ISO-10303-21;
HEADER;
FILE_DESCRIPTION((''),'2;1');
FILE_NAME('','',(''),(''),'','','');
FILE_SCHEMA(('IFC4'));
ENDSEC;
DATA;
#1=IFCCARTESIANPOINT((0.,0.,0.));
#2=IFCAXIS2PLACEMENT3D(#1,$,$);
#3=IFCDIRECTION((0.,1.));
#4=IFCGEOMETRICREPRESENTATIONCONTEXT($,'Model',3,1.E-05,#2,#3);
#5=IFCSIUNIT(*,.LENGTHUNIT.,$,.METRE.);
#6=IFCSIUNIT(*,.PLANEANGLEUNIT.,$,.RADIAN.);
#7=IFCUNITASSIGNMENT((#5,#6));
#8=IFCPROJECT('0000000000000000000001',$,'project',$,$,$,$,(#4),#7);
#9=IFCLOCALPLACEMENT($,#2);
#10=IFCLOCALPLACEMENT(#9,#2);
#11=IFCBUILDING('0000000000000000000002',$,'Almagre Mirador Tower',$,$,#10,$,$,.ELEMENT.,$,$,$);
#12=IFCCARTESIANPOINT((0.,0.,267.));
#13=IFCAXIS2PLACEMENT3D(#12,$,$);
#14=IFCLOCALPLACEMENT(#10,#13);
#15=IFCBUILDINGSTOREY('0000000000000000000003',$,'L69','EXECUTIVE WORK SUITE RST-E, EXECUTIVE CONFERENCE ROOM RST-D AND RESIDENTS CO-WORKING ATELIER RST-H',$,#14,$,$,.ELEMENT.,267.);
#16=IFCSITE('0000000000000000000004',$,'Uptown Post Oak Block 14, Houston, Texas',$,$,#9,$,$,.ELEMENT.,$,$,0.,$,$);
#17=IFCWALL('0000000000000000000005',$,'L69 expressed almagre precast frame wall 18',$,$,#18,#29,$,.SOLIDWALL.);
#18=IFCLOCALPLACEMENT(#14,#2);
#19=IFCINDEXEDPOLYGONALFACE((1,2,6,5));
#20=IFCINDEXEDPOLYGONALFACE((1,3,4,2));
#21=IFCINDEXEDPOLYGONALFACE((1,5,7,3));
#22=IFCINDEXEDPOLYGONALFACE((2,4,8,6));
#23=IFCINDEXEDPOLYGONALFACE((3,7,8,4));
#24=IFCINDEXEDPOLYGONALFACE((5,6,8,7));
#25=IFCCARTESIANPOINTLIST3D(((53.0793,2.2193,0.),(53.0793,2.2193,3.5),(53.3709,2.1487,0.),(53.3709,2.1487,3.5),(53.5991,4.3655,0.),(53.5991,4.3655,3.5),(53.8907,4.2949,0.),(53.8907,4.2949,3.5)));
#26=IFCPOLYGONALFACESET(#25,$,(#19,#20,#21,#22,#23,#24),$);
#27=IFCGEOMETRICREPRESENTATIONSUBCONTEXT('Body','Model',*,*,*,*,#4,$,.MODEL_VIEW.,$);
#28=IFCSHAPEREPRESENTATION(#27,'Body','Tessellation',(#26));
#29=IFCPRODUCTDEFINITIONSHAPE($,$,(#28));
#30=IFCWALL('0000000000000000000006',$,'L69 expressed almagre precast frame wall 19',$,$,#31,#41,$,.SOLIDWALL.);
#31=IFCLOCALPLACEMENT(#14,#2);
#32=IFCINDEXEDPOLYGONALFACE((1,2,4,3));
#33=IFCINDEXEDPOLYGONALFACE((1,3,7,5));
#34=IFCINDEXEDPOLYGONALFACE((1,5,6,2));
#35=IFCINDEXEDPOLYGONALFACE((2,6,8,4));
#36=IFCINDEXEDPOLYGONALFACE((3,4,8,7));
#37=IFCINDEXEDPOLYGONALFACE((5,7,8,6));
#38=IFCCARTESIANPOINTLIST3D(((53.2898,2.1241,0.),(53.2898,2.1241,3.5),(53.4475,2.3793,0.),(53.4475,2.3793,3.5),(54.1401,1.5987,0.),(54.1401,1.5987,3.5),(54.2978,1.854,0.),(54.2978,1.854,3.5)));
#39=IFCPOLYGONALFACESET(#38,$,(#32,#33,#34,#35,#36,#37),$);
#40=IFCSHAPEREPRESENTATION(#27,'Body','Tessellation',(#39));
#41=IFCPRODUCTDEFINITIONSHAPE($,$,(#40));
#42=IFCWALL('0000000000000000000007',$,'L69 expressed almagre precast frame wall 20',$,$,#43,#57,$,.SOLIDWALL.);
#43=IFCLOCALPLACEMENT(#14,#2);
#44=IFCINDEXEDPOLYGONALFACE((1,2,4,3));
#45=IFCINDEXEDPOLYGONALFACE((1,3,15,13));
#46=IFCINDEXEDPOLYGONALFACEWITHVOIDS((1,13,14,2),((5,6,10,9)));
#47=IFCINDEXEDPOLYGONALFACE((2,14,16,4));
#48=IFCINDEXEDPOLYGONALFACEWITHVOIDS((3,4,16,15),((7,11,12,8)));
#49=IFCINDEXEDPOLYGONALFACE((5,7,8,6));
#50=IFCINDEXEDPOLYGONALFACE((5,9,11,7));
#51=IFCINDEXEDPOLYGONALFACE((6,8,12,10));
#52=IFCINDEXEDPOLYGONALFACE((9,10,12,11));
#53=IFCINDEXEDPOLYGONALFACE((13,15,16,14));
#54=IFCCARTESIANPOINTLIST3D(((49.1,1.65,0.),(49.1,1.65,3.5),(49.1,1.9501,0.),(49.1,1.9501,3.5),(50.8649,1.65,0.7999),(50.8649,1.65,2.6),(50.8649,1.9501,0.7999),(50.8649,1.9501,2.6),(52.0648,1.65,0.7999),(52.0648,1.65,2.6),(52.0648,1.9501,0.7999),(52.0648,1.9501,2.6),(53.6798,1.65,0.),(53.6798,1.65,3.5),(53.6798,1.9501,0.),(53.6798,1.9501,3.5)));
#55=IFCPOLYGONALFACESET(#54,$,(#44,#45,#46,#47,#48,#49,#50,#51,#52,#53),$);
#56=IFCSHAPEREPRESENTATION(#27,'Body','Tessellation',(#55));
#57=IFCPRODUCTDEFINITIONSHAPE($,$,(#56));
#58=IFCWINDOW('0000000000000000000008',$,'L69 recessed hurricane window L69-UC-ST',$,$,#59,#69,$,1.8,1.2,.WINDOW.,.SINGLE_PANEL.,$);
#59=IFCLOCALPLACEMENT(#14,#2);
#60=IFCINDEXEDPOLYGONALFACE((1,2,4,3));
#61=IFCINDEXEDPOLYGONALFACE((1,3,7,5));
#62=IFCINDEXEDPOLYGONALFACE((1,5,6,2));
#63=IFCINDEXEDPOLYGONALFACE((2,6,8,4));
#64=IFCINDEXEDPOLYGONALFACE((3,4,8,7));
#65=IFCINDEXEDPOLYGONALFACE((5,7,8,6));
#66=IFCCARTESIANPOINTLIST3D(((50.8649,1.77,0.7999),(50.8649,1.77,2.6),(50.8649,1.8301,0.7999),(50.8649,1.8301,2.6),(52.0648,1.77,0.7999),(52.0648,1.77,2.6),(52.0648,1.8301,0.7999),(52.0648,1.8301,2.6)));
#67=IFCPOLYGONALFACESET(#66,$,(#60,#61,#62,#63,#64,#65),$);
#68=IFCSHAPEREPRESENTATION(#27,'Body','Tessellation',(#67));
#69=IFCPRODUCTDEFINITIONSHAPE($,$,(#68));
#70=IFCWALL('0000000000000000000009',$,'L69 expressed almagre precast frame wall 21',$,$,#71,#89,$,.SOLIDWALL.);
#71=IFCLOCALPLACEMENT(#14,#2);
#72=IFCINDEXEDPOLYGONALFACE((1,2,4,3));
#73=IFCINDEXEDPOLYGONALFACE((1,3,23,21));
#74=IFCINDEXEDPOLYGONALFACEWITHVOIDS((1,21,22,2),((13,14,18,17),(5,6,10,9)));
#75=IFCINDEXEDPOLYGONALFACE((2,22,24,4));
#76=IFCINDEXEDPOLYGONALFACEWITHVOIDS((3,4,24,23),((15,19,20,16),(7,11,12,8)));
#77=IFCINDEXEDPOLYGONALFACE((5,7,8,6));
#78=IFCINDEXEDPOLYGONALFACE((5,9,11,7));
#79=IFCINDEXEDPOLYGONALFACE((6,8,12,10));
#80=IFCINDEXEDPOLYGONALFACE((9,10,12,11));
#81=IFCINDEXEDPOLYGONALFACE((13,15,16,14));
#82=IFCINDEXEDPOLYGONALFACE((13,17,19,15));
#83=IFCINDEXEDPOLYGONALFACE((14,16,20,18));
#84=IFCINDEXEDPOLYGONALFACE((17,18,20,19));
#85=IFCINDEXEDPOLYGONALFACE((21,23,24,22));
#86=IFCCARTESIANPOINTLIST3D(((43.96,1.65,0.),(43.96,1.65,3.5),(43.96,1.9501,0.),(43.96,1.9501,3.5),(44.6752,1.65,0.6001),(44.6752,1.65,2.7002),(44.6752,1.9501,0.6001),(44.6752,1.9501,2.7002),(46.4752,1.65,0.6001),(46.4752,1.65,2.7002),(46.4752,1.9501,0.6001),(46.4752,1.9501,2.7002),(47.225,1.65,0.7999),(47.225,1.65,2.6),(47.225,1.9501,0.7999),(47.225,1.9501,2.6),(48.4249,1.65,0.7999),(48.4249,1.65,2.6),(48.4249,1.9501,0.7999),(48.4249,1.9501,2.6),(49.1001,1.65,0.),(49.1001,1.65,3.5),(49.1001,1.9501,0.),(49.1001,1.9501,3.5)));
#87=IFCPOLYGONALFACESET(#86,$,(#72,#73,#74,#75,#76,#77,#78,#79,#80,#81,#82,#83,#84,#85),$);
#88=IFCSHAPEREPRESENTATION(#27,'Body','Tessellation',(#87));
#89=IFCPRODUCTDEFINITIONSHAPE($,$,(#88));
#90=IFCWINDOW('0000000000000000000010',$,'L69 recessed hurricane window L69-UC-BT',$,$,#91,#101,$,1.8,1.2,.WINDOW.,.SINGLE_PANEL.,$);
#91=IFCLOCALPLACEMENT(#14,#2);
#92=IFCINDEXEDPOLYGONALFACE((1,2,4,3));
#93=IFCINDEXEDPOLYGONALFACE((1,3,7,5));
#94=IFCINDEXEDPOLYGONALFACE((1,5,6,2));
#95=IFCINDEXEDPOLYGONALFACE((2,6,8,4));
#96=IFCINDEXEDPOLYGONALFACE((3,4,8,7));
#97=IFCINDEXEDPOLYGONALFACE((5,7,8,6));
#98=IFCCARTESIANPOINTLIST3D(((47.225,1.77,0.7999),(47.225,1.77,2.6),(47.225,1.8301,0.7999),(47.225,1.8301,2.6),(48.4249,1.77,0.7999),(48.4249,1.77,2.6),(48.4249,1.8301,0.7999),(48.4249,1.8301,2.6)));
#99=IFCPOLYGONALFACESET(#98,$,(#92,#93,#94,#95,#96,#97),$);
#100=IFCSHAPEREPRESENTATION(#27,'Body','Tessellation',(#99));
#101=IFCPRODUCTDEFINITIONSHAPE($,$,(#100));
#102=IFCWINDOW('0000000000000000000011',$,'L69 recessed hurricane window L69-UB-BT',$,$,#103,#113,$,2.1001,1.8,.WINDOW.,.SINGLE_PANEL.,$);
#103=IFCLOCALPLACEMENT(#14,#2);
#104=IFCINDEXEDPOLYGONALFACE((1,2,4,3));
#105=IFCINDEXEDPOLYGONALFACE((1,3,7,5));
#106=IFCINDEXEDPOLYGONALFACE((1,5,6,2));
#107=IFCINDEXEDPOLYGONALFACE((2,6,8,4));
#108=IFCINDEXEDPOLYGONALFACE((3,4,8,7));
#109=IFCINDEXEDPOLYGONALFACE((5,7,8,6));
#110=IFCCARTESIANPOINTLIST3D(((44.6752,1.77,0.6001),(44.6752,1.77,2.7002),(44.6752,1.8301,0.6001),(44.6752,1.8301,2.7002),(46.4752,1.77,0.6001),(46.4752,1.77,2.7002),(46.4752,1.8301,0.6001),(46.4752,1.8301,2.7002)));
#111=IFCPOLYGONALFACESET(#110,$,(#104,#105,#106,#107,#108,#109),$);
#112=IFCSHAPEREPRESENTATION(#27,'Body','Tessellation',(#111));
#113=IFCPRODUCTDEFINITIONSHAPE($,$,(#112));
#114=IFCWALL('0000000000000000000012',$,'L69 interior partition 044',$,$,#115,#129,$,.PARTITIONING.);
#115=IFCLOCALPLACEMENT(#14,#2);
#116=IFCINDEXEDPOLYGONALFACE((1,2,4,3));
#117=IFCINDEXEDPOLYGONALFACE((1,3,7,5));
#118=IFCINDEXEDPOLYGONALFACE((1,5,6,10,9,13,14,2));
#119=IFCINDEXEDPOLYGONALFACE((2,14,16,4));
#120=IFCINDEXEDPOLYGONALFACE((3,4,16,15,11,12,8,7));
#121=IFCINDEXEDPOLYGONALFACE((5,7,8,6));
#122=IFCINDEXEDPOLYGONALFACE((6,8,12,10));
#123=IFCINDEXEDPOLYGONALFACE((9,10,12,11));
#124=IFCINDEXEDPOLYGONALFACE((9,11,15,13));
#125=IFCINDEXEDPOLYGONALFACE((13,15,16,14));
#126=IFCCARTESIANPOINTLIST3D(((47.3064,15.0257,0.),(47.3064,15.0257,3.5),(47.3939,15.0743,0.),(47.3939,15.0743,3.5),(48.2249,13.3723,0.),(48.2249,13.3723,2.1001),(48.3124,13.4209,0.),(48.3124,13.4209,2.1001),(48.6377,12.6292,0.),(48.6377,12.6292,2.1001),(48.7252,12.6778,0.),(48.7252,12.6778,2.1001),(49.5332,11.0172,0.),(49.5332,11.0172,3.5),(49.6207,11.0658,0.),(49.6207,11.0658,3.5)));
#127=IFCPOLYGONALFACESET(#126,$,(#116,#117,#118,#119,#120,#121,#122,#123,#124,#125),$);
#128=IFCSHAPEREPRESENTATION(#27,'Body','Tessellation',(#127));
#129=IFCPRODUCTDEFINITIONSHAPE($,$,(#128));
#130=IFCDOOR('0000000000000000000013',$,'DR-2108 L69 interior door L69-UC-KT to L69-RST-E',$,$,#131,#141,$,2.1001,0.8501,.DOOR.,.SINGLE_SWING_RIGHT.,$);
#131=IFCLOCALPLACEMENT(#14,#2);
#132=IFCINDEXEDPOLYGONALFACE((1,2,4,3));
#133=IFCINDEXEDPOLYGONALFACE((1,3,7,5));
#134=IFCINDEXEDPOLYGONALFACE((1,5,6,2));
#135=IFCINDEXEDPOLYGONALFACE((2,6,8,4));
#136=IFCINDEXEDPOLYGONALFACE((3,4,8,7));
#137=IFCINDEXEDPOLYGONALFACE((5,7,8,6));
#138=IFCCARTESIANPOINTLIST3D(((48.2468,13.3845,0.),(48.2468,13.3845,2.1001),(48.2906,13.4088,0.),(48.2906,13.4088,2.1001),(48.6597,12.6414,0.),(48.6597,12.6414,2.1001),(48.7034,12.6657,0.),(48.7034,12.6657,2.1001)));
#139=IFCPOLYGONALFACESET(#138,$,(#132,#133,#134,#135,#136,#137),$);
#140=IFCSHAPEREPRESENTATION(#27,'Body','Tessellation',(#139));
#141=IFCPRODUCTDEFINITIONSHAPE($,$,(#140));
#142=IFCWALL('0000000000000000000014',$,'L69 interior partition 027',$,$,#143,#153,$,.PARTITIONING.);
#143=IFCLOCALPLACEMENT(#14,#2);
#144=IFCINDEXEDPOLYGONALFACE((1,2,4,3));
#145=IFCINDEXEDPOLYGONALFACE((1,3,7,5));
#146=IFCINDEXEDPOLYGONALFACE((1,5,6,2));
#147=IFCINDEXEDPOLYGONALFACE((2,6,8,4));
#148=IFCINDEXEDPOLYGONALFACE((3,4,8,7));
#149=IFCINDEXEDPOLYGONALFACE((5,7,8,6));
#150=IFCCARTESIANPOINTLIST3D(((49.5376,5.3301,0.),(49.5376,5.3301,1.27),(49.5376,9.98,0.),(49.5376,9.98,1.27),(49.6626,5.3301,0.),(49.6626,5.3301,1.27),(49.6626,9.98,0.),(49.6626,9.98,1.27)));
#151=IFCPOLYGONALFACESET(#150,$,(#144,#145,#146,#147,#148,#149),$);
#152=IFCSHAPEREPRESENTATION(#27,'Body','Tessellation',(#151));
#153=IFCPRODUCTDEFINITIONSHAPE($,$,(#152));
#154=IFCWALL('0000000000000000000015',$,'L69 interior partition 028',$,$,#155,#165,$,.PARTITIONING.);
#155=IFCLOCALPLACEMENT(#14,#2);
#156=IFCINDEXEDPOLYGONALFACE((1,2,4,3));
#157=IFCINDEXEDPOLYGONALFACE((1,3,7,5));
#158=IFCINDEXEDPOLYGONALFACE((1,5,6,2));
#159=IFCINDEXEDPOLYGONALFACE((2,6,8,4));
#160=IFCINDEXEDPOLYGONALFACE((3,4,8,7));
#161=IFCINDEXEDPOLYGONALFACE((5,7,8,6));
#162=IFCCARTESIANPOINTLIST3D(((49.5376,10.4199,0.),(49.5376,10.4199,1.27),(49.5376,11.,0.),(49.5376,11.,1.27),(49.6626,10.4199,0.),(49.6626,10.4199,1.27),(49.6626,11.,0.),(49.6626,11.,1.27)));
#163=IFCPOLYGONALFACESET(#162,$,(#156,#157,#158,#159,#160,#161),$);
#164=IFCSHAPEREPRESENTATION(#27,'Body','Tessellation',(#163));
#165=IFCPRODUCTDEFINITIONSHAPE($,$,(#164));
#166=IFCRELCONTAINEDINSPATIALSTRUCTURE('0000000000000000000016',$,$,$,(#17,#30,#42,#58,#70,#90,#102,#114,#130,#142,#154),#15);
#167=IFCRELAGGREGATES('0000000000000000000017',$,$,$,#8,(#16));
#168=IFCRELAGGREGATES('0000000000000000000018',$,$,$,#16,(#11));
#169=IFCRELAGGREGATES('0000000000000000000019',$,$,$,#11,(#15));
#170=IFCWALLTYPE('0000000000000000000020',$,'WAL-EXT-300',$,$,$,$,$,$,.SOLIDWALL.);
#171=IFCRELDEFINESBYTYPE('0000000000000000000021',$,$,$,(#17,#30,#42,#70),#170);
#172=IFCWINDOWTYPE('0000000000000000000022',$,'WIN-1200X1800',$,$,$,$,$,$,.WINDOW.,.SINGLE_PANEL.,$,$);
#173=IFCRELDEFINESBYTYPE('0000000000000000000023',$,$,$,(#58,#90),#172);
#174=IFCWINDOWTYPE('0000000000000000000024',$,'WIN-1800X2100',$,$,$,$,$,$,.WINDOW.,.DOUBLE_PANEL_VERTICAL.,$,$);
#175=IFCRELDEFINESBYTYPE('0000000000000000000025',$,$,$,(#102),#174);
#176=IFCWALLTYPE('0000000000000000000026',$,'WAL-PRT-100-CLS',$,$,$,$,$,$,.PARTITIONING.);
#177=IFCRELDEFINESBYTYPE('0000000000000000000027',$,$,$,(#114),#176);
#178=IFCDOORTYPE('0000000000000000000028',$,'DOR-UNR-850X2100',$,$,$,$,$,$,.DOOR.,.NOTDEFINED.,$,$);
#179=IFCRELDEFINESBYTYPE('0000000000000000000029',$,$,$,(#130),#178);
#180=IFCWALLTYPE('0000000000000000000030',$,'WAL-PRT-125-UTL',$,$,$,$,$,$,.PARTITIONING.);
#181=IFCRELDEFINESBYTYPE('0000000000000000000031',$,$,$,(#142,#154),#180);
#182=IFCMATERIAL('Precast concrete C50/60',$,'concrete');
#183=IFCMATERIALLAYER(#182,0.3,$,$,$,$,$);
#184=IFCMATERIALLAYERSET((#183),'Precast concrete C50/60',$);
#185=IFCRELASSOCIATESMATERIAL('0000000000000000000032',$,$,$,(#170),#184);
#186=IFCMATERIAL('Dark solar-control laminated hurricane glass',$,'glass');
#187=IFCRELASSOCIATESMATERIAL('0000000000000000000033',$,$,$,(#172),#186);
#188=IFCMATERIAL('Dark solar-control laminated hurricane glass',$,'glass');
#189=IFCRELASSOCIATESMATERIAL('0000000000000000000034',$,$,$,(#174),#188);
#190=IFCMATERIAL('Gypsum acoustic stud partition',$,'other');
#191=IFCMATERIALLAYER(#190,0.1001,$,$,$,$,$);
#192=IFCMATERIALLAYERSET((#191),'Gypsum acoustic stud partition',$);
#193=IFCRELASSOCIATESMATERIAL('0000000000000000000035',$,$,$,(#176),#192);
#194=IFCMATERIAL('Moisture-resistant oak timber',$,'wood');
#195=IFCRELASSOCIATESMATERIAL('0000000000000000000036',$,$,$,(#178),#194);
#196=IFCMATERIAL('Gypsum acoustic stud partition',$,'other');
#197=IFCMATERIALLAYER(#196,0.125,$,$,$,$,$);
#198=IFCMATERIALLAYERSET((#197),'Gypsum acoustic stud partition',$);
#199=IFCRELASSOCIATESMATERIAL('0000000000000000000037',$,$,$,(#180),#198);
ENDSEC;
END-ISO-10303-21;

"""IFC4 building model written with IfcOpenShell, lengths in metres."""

from ifc_helpers import new_model, si_unit, direction, frame, frame_2d, origin, place, context, subcontext, project, spatial, rectangle, extrude, material, layer, layer_set, type_object, element, fill, save


model = new_model("IFC4")

# Units and contexts
model_context = context("Model", 3, precision=1e-05, world=origin(), true_north=direction((0.0, 1.0)))
body_context = subcontext(model_context, "Body", "Model", "MODEL_VIEW")
ifc_project = project(units=[si_unit("LENGTHUNIT", "METRE"), si_unit("PLANEANGLEUNIT", "RADIAN")], contexts=[model_context])

# Site, building, storey
site_placement = place(None, origin())
site = spatial("IfcSite", under=ifc_project, at=site_placement, Name="Uptown Post Oak Block 14, Houston, Texas", CompositionType="ELEMENT", RefElevation=0.0)
building_placement = place(site_placement, origin())
building = spatial("IfcBuilding", under=site, at=building_placement, Name="Almagre Mirador Tower", CompositionType="ELEMENT")
storey_placement = place(building_placement, frame((0.0, 0.0, 267.0)))
storey = spatial("IfcBuildingStorey", under=building, at=storey_placement, Name="L69", Description="EXECUTIVE WORK SUITE RST-E, EXECUTIVE CONFERENCE ROOM RST-D AND RESIDENTS CO-WORKING ATELIER RST-H", CompositionType="ELEMENT", Elevation=267.0)

# Shared definitions
ifc_material_1 = material(Name="Precast concrete C50/60", Category="concrete")
ifc_layer_1 = layer(ifc_material_1, 0.3)
ifc_layer_set_1 = layer_set([ifc_layer_1], Name="Precast concrete C50/60")
wall_type_1 = type_object("IfcWallType", Name="WAL-EXT-300", PredefinedType="SOLIDWALL", material=ifc_layer_set_1)

# Shared definitions
ifc_material_2 = material(Name="Dark solar-control laminated hurricane glass", Category="glass")
window_type_1 = type_object("IfcWindowType", Name="WIN-1200X1800", PartitioningType="SINGLE_PANEL", PredefinedType="WINDOW", material=ifc_material_2)

# Walls
wall_1_placement = place(storey_placement, frame((53.7449, 4.3301, 0.0), z_axis=(0.0, 0.0, 1.0), x_axis=(-0.235375, -0.971905, 0.0)))
element("IfcWall", 1, at=wall_1_placement, inside=storey, type_object=wall_type_1, Name="L69 expressed almagre precast frame wall 18", PredefinedType="SOLIDWALL", context=body_context, shape_type="SweptSolid", body=[
    extrude(rectangle(XDim=2.2083, YDim=0.3, at=frame_2d((1.104, 0.0))), origin(), (0.0, 0.0, 1.0), 3.5),
])
wall_2_placement = place(storey_placement, frame((53.3687, 2.2517, 0.0), z_axis=(0.0, 0.0, 1.0), x_axis=(0.850718, -0.525623, 0.0)))
element("IfcWall", 2, at=wall_2_placement, inside=storey, type_object=wall_type_1, Name="L69 expressed almagre precast frame wall 19", PredefinedType="SOLIDWALL", context=body_context, shape_type="SweptSolid", body=[
    extrude(rectangle(XDim=0.9995, YDim=0.3, at=frame_2d((0.4998, 0.0))), origin(), (0.0, 0.0, 1.0), 3.5),
])

# Wall, opening, window
wall_3_placement = place(storey_placement, frame((53.6799, 1.8, 0.0), z_axis=(0.0, 0.0, 1.0), x_axis=(-1.0, 0.0, 0.0)))
wall_3 = element("IfcWall", 3, at=wall_3_placement, inside=storey, type_object=wall_type_1, Name="L69 expressed almagre precast frame wall 20", PredefinedType="SOLIDWALL", context=body_context, shape_type="SweptSolid", body=[
    extrude(rectangle(XDim=4.5798, YDim=0.3, at=frame_2d((2.29, 0.0))), origin(), (0.0, 0.0, 1.0), 3.5),
])
opening_1_placement = place(wall_3_placement, frame((1.615, 0.0, 0.8)))
opening_1 = element("IfcOpeningElement", 4, at=opening_1_placement, cuts=wall_3, PredefinedType="OPENING", context=body_context, shape_type="SweptSolid", body=[
    extrude(rectangle(XDim=1.2, YDim=1.8, at=frame_2d((0.6001, 0.8999))), frame((0.0, 0.1599, 0.0), z_axis=(0.0, -1.0, 0.0), x_axis=(1.0, 0.0, 0.0)), (0.0, 0.0, 1.0), 0.32),
])
window_1_placement = place(opening_1_placement, origin())
window_1 = element("IfcWindow", 5, at=window_1_placement, inside=storey, type_object=window_type_1, Name="L69 recessed hurricane window L69-UC-ST", OverallHeight=1.8, OverallWidth=1.2, PartitioningType="SINGLE_PANEL", PredefinedType="WINDOW", context=body_context, shape_type="SweptSolid", body=[
    extrude(rectangle(XDim=1.2, YDim=1.8, at=frame_2d((0.6001, 0.8999))), frame((0.0, 0.03, 0.0), z_axis=(0.0, -1.0, 0.0), x_axis=(1.0, 0.0, 0.0)), (0.0, 0.0, 1.0), 0.0601),
])
fill(opening_1, window_1)

# Wall, openings, windows
wall_4_placement = place(storey_placement, frame((49.1001, 1.8, 0.0), z_axis=(0.0, 0.0, 1.0), x_axis=(-1.0, 0.0, 0.0)))
wall_4 = element("IfcWall", 6, at=wall_4_placement, inside=storey, type_object=wall_type_1, Name="L69 expressed almagre precast frame wall 21", PredefinedType="SOLIDWALL", context=body_context, shape_type="SweptSolid", body=[
    extrude(rectangle(XDim=5.1401, YDim=0.3, at=frame_2d((2.5701, 0.0))), origin(), (0.0, 0.0, 1.0), 3.5),
])
opening_2_placement = place(wall_4_placement, frame((2.625, 0.0, 0.6001)))
opening_2 = element("IfcOpeningElement", 7, at=opening_2_placement, cuts=wall_4, PredefinedType="OPENING", context=body_context, shape_type="SweptSolid", body=[
    extrude(rectangle(XDim=1.8, YDim=2.1001, at=frame_2d((0.8999, 1.05))), frame((0.0, 0.1599, 0.0), z_axis=(0.0, -1.0, 0.0), x_axis=(1.0, 0.0, 0.0)), (0.0, 0.0, 1.0), 0.32),
])
opening_3_placement = place(wall_4_placement, frame((0.675, 0.0, 0.8)))
opening_3 = element("IfcOpeningElement", 8, at=opening_3_placement, cuts=wall_4, PredefinedType="OPENING", context=body_context, shape_type="SweptSolid", body=[
    extrude(rectangle(XDim=1.2, YDim=1.8, at=frame_2d((0.6001, 0.8999))), frame((0.0, 0.1599, 0.0), z_axis=(0.0, -1.0, 0.0), x_axis=(1.0, 0.0, 0.0)), (0.0, 0.0, 1.0), 0.32),
])
window_2_placement = place(opening_3_placement, origin())
window_2 = element("IfcWindow", 9, at=window_2_placement, inside=storey, type_object=window_type_1, Name="L69 recessed hurricane window L69-UC-BT", OverallHeight=1.8, OverallWidth=1.2, PartitioningType="SINGLE_PANEL", PredefinedType="WINDOW", context=body_context, shape_type="SweptSolid", body=[
    extrude(rectangle(XDim=1.2, YDim=1.8, at=frame_2d((0.6001, 0.8999))), frame((0.0, 0.03, 0.0), z_axis=(0.0, -1.0, 0.0), x_axis=(1.0, 0.0, 0.0)), (0.0, 0.0, 1.0), 0.0601),
])
fill(opening_3, window_2)
ifc_material_3 = material(Name="Dark solar-control laminated hurricane glass", Category="glass")
window_type_2 = type_object("IfcWindowType", Name="WIN-1800X2100", PartitioningType="DOUBLE_PANEL_VERTICAL", PredefinedType="WINDOW", material=ifc_material_3)
window_3_placement = place(opening_2_placement, origin())
window_3 = element("IfcWindow", 10, at=window_3_placement, inside=storey, type_object=window_type_2, Name="L69 recessed hurricane window L69-UB-BT", OverallHeight=2.1001, OverallWidth=1.8, PartitioningType="SINGLE_PANEL", PredefinedType="WINDOW", context=body_context, shape_type="SweptSolid", body=[
    extrude(rectangle(XDim=1.8, YDim=2.1001, at=frame_2d((0.8999, 1.05))), frame((0.0, 0.03, 0.0), z_axis=(0.0, -1.0, 0.0), x_axis=(1.0, 0.0, 0.0)), (0.0, 0.0, 1.0), 0.0601),
])
fill(opening_2, window_3)

# Wall, opening, door
ifc_material_4 = material(Name="Gypsum acoustic stud partition", Category="other")
ifc_layer_2 = layer(ifc_material_4, 0.1001)
ifc_layer_set_2 = layer_set([ifc_layer_2], Name="Gypsum acoustic stud partition")
wall_type_2 = type_object("IfcWallType", Name="WAL-PRT-100-CLS", PredefinedType="PARTITIONING", material=ifc_layer_set_2)
wall_5_placement = place(storey_placement, frame((49.5769, 11.0415, 0.0), z_axis=(0.0, 0.0, 1.0), x_axis=(-0.485616, 0.874172, 0.0)))
wall_5 = element("IfcWall", 11, at=wall_5_placement, inside=storey, type_object=wall_type_2, Name="L69 interior partition 044", PredefinedType="PARTITIONING", context=body_context, shape_type="SweptSolid", body=[
    extrude(rectangle(XDim=4.5854, YDim=0.1001, at=frame_2d((2.2927, 0.0))), origin(), (0.0, 0.0, 1.0), 3.5),
])
opening_4_placement = place(wall_5_placement, frame((1.844, 0.0, 0.0)))
opening_4 = element("IfcOpeningElement", 12, at=opening_4_placement, cuts=wall_5, PredefinedType="OPENING", context=body_context, shape_type="SweptSolid", body=[
    extrude(rectangle(XDim=0.8501, YDim=2.1001, at=frame_2d((0.425, 1.05))), frame((0.0, 0.06, 0.0), z_axis=(0.0, -1.0, 0.0), x_axis=(1.0, 0.0, 0.0)), (0.0, 0.0, 1.0), 0.1201),
])
ifc_material_5 = material(Name="Moisture-resistant oak timber", Category="wood")
door_type = type_object("IfcDoorType", Name="DOR-UNR-850X2100", OperationType="NOTDEFINED", PredefinedType="DOOR", material=ifc_material_5)
door_placement = place(opening_4_placement, origin())
door = element("IfcDoor", 13, at=door_placement, inside=storey, type_object=door_type, Name="DR-2108 L69 interior door L69-UC-KT to L69-RST-E", OperationType="SINGLE_SWING_RIGHT", OverallHeight=2.1001, OverallWidth=0.8501, PredefinedType="DOOR", context=body_context, shape_type="SweptSolid", body=[
    extrude(rectangle(XDim=0.8501, YDim=2.1001, at=frame_2d((0.425, 1.05))), frame((0.0, 0.0249, 0.0), z_axis=(0.0, -1.0, 0.0), x_axis=(1.0, 0.0, 0.0)), (0.0, 0.0, 1.0), 0.05),
])
fill(opening_4, door)

# Walls
ifc_material_6 = material(Name="Gypsum acoustic stud partition", Category="other")
ifc_layer_3 = layer(ifc_material_6, 0.125)
ifc_layer_set_3 = layer_set([ifc_layer_3], Name="Gypsum acoustic stud partition")
wall_type_3 = type_object("IfcWallType", Name="WAL-PRT-125-UTL", PredefinedType="PARTITIONING", material=ifc_layer_set_3)
wall_6_placement = place(storey_placement, frame((49.6001, 9.98, 0.0), z_axis=(0.0, 0.0, 1.0), x_axis=(0.0, -1.0, 0.0)))
element("IfcWall", 14, at=wall_6_placement, inside=storey, type_object=wall_type_3, Name="L69 interior partition 027", PredefinedType="PARTITIONING", context=body_context, shape_type="SweptSolid", body=[
    extrude(rectangle(XDim=4.6499, YDim=0.125, at=frame_2d((2.325, 0.0))), origin(), (0.0, 0.0, 1.0), 1.27),
])
wall_7_placement = place(storey_placement, frame((49.6001, 11.0, 0.0), z_axis=(0.0, 0.0, 1.0), x_axis=(0.0, -1.0, 0.0)))
element("IfcWall", 15, at=wall_7_placement, inside=storey, type_object=wall_type_3, Name="L69 interior partition 028", PredefinedType="PARTITIONING", context=body_context, shape_type="SweptSolid", body=[
    extrude(rectangle(XDim=0.5801, YDim=0.125, at=frame_2d((0.29, 0.0))), origin(), (0.0, 0.0, 1.0), 1.27),
])

save(model, "model.ifc")
